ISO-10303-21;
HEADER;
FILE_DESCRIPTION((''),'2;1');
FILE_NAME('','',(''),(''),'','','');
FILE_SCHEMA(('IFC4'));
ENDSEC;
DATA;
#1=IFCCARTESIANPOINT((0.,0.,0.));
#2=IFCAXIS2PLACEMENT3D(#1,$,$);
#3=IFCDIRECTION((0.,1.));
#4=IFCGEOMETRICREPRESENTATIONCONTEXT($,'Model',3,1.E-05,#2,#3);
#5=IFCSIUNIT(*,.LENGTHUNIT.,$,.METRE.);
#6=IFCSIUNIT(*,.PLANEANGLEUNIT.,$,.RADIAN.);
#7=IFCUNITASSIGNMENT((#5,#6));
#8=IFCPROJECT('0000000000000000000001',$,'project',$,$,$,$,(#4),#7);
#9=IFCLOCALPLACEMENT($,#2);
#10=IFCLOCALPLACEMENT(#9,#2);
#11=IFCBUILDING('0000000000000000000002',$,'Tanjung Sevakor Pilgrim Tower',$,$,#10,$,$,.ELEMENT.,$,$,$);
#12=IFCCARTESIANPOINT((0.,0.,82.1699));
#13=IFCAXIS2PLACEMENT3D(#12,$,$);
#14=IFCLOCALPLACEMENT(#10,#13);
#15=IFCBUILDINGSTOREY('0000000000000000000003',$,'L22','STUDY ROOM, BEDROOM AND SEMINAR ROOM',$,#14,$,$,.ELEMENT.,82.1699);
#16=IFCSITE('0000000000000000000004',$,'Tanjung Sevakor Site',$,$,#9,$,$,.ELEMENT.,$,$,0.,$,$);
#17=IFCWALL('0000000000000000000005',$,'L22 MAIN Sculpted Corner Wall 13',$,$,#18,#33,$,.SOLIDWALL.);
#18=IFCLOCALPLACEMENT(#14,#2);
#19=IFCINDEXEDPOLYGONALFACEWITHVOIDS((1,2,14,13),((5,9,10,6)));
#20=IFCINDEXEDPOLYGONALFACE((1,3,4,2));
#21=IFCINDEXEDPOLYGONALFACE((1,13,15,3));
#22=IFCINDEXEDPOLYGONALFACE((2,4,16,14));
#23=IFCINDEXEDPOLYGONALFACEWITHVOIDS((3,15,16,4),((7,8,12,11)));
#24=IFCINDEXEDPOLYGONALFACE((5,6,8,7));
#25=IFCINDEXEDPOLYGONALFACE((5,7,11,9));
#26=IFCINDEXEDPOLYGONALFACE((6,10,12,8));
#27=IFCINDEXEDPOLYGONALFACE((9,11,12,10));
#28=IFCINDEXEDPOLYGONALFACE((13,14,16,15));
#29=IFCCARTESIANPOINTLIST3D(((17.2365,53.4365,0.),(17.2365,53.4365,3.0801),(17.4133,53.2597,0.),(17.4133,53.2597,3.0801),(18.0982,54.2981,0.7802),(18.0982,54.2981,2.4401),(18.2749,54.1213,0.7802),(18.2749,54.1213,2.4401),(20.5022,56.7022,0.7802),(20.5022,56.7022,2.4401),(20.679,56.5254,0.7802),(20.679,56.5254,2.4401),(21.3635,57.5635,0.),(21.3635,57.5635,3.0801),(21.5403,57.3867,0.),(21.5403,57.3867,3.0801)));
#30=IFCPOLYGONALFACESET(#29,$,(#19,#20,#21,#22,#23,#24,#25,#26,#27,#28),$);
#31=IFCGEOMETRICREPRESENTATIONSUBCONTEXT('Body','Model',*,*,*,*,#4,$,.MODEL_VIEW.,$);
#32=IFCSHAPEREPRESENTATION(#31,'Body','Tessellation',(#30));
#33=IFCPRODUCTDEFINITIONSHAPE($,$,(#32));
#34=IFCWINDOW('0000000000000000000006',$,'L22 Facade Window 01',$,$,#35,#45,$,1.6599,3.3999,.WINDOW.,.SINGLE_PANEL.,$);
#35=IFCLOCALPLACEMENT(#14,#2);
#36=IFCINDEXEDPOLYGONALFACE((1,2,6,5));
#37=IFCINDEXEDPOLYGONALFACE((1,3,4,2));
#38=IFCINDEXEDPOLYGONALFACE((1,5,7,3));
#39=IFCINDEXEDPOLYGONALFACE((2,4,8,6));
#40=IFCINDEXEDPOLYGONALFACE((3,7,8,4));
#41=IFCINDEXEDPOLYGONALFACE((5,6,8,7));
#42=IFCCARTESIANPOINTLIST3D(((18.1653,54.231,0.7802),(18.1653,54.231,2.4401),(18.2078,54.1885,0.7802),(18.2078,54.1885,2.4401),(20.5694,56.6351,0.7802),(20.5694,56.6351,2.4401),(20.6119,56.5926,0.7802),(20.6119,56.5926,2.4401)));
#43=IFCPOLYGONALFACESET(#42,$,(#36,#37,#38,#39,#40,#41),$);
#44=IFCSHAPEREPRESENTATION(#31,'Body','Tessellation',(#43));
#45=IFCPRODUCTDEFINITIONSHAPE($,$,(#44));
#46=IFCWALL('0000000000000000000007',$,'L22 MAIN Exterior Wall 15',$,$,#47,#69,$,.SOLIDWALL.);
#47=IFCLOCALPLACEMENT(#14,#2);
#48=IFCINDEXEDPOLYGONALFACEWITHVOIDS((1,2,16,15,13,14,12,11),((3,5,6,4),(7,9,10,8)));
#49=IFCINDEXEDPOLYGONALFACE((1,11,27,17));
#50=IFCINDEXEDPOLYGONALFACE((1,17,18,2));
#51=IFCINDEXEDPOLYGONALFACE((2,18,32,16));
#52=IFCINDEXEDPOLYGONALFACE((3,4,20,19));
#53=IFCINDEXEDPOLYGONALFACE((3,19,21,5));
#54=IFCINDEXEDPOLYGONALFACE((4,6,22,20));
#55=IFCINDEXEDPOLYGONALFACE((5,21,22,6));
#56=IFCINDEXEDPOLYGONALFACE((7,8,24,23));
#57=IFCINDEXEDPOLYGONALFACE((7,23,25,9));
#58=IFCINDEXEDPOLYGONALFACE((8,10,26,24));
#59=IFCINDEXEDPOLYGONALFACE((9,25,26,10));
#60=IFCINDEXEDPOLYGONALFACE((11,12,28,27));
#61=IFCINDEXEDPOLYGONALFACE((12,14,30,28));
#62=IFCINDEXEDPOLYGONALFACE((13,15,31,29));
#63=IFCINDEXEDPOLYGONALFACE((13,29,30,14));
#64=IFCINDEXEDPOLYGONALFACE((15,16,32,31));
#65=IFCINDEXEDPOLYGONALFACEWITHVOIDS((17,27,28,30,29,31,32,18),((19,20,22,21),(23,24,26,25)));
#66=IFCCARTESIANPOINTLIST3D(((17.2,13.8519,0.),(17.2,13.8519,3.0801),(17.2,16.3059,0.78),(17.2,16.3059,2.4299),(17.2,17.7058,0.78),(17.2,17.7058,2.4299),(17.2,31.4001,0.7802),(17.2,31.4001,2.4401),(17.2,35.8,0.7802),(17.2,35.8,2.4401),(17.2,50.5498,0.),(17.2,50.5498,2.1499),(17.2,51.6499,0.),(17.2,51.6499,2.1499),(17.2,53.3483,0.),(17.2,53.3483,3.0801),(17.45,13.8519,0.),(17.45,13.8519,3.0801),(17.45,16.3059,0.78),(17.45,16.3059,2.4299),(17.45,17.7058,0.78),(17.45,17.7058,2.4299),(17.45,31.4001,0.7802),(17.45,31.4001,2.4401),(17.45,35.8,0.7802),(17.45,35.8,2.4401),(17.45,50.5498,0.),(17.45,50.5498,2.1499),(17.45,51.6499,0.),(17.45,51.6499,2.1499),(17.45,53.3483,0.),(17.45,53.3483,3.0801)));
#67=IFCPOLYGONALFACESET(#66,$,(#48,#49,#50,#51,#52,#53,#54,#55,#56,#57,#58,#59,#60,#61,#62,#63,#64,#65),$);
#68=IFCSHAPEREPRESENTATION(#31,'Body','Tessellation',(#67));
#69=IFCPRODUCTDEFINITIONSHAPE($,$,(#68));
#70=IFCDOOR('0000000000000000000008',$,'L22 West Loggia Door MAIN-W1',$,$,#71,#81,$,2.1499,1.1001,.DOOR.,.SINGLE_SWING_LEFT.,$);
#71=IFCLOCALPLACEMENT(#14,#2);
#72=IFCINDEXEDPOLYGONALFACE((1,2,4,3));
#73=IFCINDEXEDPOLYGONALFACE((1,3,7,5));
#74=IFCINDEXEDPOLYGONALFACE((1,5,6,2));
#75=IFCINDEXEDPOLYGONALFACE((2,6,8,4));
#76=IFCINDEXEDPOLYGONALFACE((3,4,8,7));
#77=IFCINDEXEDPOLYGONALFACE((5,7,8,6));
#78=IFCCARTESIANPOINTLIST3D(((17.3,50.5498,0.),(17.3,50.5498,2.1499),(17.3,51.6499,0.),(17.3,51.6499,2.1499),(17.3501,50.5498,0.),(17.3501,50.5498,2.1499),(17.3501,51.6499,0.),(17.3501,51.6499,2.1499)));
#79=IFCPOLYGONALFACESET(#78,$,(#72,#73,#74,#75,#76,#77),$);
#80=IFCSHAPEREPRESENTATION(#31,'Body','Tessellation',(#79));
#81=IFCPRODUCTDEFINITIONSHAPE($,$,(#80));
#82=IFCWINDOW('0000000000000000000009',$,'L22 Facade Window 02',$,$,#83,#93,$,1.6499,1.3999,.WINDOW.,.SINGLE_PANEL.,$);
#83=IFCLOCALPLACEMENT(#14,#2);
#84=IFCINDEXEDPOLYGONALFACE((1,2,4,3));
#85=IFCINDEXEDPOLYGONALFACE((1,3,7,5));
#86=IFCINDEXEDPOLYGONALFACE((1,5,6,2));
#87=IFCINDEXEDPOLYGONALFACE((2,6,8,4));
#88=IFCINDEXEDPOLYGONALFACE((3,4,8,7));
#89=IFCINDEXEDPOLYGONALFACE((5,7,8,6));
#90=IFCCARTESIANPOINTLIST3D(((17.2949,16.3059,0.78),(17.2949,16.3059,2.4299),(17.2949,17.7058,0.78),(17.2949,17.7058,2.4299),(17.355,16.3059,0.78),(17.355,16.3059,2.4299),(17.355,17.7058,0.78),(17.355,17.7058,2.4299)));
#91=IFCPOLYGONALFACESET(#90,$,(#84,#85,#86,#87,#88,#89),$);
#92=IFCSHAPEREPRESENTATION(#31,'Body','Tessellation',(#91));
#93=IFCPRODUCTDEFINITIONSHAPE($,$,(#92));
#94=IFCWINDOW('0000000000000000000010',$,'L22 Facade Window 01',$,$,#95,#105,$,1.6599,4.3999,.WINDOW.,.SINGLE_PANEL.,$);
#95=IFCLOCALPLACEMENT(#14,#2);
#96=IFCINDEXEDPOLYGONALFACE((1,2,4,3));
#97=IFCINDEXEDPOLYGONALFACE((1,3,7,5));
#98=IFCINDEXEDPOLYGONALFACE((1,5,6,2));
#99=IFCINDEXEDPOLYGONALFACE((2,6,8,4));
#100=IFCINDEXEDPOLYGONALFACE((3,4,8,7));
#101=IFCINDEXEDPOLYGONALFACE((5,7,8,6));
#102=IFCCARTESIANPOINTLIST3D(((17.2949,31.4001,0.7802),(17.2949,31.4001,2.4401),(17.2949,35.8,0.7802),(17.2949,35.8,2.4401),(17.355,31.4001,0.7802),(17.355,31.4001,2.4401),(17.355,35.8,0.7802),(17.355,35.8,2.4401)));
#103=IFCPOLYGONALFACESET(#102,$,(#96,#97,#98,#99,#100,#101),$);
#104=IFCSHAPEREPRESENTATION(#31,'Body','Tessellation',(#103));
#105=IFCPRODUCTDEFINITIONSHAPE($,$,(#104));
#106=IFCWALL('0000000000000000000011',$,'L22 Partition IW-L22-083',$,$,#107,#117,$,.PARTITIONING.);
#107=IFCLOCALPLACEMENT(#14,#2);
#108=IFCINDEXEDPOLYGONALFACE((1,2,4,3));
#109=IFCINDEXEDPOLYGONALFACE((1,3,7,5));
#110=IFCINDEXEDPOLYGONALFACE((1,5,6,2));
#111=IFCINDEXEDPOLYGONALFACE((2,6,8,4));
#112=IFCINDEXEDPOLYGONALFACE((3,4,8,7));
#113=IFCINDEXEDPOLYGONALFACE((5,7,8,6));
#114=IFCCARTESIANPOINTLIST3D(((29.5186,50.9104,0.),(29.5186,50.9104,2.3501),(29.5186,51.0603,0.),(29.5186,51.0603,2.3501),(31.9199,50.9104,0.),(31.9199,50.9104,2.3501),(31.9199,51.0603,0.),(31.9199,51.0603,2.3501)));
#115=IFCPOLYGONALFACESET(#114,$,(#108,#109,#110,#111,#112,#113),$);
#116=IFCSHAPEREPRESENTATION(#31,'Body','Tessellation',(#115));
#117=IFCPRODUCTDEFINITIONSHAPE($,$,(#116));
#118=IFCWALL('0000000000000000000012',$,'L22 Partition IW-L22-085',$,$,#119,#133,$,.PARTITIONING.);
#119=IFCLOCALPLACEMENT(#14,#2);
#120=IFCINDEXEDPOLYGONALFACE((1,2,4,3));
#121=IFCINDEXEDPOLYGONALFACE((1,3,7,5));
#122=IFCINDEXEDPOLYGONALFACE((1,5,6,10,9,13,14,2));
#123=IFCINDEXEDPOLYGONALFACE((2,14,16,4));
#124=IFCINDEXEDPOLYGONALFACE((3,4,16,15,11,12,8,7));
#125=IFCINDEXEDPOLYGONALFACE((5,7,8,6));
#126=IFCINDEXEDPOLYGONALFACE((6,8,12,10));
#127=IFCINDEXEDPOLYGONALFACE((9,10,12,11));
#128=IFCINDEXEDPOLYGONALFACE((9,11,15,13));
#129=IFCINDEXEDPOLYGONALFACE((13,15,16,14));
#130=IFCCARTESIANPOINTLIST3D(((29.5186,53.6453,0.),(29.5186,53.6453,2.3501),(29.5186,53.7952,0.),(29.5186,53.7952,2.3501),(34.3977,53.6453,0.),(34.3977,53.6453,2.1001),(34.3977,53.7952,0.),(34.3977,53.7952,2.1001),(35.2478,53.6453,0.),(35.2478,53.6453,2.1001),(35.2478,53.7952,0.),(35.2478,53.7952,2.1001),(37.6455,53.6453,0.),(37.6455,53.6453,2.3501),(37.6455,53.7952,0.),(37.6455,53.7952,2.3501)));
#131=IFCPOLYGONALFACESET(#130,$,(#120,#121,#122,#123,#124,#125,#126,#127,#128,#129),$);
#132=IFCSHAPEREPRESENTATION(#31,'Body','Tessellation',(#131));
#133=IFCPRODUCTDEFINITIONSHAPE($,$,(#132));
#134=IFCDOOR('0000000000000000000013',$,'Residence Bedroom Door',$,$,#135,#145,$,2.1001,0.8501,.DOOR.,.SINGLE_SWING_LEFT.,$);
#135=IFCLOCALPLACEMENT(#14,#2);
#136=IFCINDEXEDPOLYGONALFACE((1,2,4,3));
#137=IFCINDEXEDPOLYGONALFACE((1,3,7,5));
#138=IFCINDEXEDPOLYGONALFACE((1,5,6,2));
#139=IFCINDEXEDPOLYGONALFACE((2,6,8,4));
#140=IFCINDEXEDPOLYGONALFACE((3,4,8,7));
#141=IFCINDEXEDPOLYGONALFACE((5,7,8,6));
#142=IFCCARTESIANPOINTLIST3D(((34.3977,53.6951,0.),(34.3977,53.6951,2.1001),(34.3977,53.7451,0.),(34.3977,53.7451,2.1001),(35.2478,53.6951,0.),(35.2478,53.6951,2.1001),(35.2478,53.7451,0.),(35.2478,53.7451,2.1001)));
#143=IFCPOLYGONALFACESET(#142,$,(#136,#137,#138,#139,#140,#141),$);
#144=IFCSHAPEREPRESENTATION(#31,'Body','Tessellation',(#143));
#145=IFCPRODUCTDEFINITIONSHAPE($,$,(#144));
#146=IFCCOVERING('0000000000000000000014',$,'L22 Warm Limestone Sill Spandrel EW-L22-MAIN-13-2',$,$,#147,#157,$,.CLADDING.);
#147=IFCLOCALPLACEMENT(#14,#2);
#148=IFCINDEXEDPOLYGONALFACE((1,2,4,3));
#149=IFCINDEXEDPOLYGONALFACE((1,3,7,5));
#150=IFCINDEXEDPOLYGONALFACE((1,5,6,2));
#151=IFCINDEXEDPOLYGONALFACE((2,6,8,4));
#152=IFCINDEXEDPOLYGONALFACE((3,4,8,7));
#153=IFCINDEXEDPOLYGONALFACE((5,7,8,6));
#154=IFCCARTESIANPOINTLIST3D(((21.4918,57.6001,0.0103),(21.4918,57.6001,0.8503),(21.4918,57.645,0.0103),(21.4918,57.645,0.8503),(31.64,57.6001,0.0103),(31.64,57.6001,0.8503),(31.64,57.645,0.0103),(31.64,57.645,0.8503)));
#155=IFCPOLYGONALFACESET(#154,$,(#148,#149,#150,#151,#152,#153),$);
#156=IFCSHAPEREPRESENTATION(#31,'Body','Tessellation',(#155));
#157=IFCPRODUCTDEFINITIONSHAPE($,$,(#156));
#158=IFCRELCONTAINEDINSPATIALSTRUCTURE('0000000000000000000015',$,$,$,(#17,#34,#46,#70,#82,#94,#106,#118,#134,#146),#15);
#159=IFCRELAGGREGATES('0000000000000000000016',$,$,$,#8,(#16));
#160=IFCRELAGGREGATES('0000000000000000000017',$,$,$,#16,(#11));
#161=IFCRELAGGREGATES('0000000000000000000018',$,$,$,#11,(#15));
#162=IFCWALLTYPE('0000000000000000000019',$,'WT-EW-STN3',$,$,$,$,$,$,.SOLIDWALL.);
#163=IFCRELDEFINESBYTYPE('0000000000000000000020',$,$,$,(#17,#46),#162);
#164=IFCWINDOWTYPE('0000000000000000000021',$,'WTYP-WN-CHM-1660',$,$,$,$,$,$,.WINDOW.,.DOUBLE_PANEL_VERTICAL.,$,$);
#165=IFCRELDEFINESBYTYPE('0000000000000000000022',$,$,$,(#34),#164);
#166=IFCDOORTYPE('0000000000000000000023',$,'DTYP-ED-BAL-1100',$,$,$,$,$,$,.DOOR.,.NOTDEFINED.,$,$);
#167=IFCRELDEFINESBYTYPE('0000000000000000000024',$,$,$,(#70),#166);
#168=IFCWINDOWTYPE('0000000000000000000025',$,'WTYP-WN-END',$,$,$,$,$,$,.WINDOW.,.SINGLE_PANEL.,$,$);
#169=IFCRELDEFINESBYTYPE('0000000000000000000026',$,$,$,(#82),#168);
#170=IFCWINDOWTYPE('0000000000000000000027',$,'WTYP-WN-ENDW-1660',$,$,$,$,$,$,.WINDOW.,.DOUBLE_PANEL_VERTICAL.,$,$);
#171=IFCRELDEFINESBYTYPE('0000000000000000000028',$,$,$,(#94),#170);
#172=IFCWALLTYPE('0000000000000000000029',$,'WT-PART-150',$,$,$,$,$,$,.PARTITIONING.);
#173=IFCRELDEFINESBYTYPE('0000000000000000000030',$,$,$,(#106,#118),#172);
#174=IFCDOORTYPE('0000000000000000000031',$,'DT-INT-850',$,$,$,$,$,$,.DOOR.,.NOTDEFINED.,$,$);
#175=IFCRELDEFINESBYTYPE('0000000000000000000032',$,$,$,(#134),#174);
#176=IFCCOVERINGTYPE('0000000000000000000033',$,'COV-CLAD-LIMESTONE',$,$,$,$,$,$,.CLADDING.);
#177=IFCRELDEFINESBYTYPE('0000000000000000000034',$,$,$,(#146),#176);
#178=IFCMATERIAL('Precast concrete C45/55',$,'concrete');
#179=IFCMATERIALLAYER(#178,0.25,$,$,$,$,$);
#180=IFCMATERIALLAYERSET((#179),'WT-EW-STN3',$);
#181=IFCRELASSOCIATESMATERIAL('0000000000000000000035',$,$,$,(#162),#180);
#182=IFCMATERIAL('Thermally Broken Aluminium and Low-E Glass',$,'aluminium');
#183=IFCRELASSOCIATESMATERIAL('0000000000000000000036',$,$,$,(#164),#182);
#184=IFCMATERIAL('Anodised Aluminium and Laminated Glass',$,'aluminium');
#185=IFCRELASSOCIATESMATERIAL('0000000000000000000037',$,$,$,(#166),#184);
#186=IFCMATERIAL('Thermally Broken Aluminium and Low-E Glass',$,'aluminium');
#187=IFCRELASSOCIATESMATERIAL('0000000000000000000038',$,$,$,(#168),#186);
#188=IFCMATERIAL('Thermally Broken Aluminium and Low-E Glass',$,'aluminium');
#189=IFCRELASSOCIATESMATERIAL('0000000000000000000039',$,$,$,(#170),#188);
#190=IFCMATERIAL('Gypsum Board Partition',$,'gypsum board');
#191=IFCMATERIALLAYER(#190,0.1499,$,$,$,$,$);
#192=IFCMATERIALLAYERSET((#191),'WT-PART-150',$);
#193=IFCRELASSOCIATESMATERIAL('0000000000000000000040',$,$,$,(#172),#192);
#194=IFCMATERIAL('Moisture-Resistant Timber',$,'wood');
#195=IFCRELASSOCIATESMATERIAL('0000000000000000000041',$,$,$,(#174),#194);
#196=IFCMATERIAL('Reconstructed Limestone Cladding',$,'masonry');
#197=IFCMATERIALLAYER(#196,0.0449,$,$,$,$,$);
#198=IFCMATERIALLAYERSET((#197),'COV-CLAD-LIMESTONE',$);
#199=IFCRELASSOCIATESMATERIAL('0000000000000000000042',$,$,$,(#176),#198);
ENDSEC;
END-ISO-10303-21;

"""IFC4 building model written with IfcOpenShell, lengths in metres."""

from ifc_helpers import new_model, si_unit, direction, frame, frame_2d, origin, origin_2d, place, context, subcontext, project, spatial, rectangle, extrude, material, layer, layer_set, type_object, element, fill, save


model = new_model("IFC4")

# Units and contexts
model_context = context("Model", 3, precision=1e-05, world=origin(), true_north=direction((0.0, 1.0)))
body_context = subcontext(model_context, "Body", "Model", "MODEL_VIEW")
ifc_project = project(units=[si_unit("LENGTHUNIT", "METRE"), si_unit("PLANEANGLEUNIT", "RADIAN")], contexts=[model_context])

# Site, building, storey
site_placement = place(None, origin())
site = spatial("IfcSite", under=ifc_project, at=site_placement, Name="Tanjung Sevakor Site", CompositionType="ELEMENT", RefElevation=0.0)
building_placement = place(site_placement, origin())
building = spatial("IfcBuilding", under=site, at=building_placement, Name="Tanjung Sevakor Pilgrim Tower", CompositionType="ELEMENT")
storey_placement = place(building_placement, frame((0.0, 0.0, 82.1699)))
storey = spatial("IfcBuildingStorey", under=building, at=storey_placement, Name="L22", Description="STUDY ROOM, BEDROOM AND SEMINAR ROOM", CompositionType="ELEMENT", Elevation=82.1699)

# Wall, opening, window
ifc_material_1 = material(Name="Precast concrete C45/55", Category="concrete")
ifc_layer_1 = layer(ifc_material_1, 0.25)
ifc_layer_set_1 = layer_set([ifc_layer_1], Name="WT-EW-STN3")
wall_type_1 = type_object("IfcWallType", Name="WT-EW-STN3", PredefinedType="SOLIDWALL", material=ifc_layer_set_1)
wall_1_placement = place(storey_placement, frame((21.4519, 57.4751, 0.0), z_axis=(0.0, 0.0, 1.0), x_axis=(-0.707107, -0.707107, 0.0)))
wall_1 = element("IfcWall", 1, at=wall_1_placement, inside=storey, type_object=wall_type_1, Name="L22 MAIN Sculpted Corner Wall 13", PredefinedType="SOLIDWALL", context=body_context, shape_type="SweptSolid", body=[
    extrude(rectangle(XDim=5.8364, YDim=0.25, at=frame_2d((2.9182, 0.0))), origin(), (0.0, 0.0, 1.0), 3.0801),
])
opening_1_placement = place(wall_1_placement, frame((1.218, 0.0, 0.78)))
opening_1 = element("IfcOpeningElement", 2, at=opening_1_placement, cuts=wall_1, PredefinedType="OPENING", context=body_context, shape_type="SweptSolid", body=[
    extrude(rectangle(XDim=3.3999, YDim=1.6599, at=frame_2d((1.7, 0.8301))), frame((0.0, 0.135, 0.0), z_axis=(0.0, -1.0, 0.0), x_axis=(1.0, 0.0, 0.0)), (0.0, 0.0, 1.0), 0.27),
])
ifc_material_2 = material(Name="Thermally Broken Aluminium and Low-E Glass", Category="aluminium")
window_type_1 = type_object("IfcWindowType", Name="WTYP-WN-CHM-1660", PartitioningType="DOUBLE_PANEL_VERTICAL", PredefinedType="WINDOW", material=ifc_material_2)
window_1_placement = place(opening_1_placement, origin())
window_1 = element("IfcWindow", 3, at=window_1_placement, inside=storey, type_object=window_type_1, Name="L22 Facade Window 01", OverallHeight=1.6599, OverallWidth=3.3999, PartitioningType="SINGLE_PANEL", PredefinedType="WINDOW", context=body_context, shape_type="SweptSolid", body=[
    extrude(rectangle(XDim=3.3999, YDim=1.6599, at=frame_2d((1.7, 0.8301))), frame((0.0, 0.03, 0.0), z_axis=(0.0, -1.0, 0.0), x_axis=(1.0, 0.0, 0.0)), (0.0, 0.0, 1.0), 0.0601),
])
fill(opening_1, window_1)

# Wall, openings, door, windows
wall_2_placement = place(storey_placement, frame((17.325, 53.3481, 0.0), z_axis=(0.0, 0.0, 1.0), x_axis=(0.0, -1.0, 0.0)))
wall_2 = element("IfcWall", 4, at=wall_2_placement, inside=storey, type_object=wall_type_1, Name="L22 MAIN Exterior Wall 15", PredefinedType="SOLIDWALL", context=body_context, shape_type="SweptSolid", body=[
    extrude(rectangle(XDim=39.4963, YDim=0.25, at=frame_2d((19.748, 0.0))), origin(), (0.0, 0.0, 1.0), 3.0801),
])
opening_2_placement = place(wall_2_placement, frame((1.6982, 0.0, 0.0)))
opening_2 = element("IfcOpeningElement", 5, at=opening_2_placement, cuts=wall_2, PredefinedType="OPENING", context=body_context, shape_type="SweptSolid", body=[
    extrude(rectangle(XDim=1.1001, YDim=2.1499, at=frame_2d((0.55, 1.075))), frame((0.0, 0.135, 0.0), z_axis=(0.0, -1.0, 0.0), x_axis=(1.0, 0.0, 0.0)), (0.0, 0.0, 1.0), 0.27),
])
opening_3_placement = place(wall_2_placement, frame((17.5481, 0.0, 0.78)))
opening_3 = element("IfcOpeningElement", 6, at=opening_3_placement, cuts=wall_2, PredefinedType="OPENING", context=body_context, shape_type="SweptSolid", body=[
    extrude(rectangle(XDim=4.3999, YDim=1.6599, at=frame_2d((2.2, 0.8301))), frame((0.0, 0.135, 0.0), z_axis=(0.0, -1.0, 0.0), x_axis=(1.0, 0.0, 0.0)), (0.0, 0.0, 1.0), 0.27),
])
opening_4_placement = place(wall_2_placement, frame((35.6423, 0.0, 0.78)))
opening_4 = element("IfcOpeningElement", 7, at=opening_4_placement, cuts=wall_2, PredefinedType="OPENING", context=body_context, shape_type="SweptSolid", body=[
    extrude(rectangle(XDim=1.3999, YDim=1.6499, at=frame_2d((0.7, 0.825))), frame((0.0, 0.135, 0.0), z_axis=(0.0, -1.0, 0.0), x_axis=(1.0, 0.0, 0.0)), (0.0, 0.0, 1.0), 0.27),
])
ifc_material_3 = material(Name="Anodised Aluminium and Laminated Glass", Category="aluminium")
door_type_1 = type_object("IfcDoorType", Name="DTYP-ED-BAL-1100", OperationType="NOTDEFINED", PredefinedType="DOOR", material=ifc_material_3)
door_1_placement = place(opening_2_placement, frame((1.1001, 0.0, 0.0), z_axis=(0.0, 0.0, 1.0), x_axis=(-1.0, 0.0, 0.0)))
door_1 = element("IfcDoor", 8, at=door_1_placement, inside=storey, type_object=door_type_1, Name="L22 West Loggia Door MAIN-W1", OperationType="SINGLE_SWING_LEFT", OverallHeight=2.1499, OverallWidth=1.1001, PredefinedType="DOOR", context=body_context, shape_type="SweptSolid", body=[
    extrude(rectangle(XDim=1.1001, YDim=2.1499, at=frame_2d((0.55, 1.075))), frame((0.0, 0.0249, 0.0), z_axis=(0.0, -1.0, 0.0), x_axis=(1.0, 0.0, 0.0)), (0.0, 0.0, 1.0), 0.05),
])
fill(opening_2, door_1)
ifc_material_4 = material(Name="Thermally Broken Aluminium and Low-E Glass", Category="aluminium")
window_type_2 = type_object("IfcWindowType", Name="WTYP-WN-END", PartitioningType="SINGLE_PANEL", PredefinedType="WINDOW", material=ifc_material_4)
window_2_placement = place(opening_4_placement, origin())
window_2 = element("IfcWindow", 9, at=window_2_placement, inside=storey, type_object=window_type_2, Name="L22 Facade Window 02", OverallHeight=1.6499, OverallWidth=1.3999, PartitioningType="SINGLE_PANEL", PredefinedType="WINDOW", context=body_context, shape_type="SweptSolid", body=[
    extrude(rectangle(XDim=1.3999, YDim=1.6499, at=frame_2d((0.7, 0.825))), frame((0.0, 0.03, 0.0), z_axis=(0.0, -1.0, 0.0), x_axis=(1.0, 0.0, 0.0)), (0.0, 0.0, 1.0), 0.0601),
])
fill(opening_4, window_2)
ifc_material_5 = material(Name="Thermally Broken Aluminium and Low-E Glass", Category="aluminium")
window_type_3 = type_object("IfcWindowType", Name="WTYP-WN-ENDW-1660", PartitioningType="DOUBLE_PANEL_VERTICAL", PredefinedType="WINDOW", material=ifc_material_5)
window_3_placement = place(opening_3_placement, origin())
window_3 = element("IfcWindow", 10, at=window_3_placement, inside=storey, type_object=window_type_3, Name="L22 Facade Window 01", OverallHeight=1.6599, OverallWidth=4.3999, PartitioningType="SINGLE_PANEL", PredefinedType="WINDOW", context=body_context, shape_type="SweptSolid", body=[
    extrude(rectangle(XDim=4.3999, YDim=1.6599, at=frame_2d((2.2, 0.8301))), frame((0.0, 0.03, 0.0), z_axis=(0.0, -1.0, 0.0), x_axis=(1.0, 0.0, 0.0)), (0.0, 0.0, 1.0), 0.0601),
])
fill(opening_3, window_3)

# Wall
ifc_material_6 = material(Name="Gypsum Board Partition", Category="gypsum board")
ifc_layer_2 = layer(ifc_material_6, 0.1499)
ifc_layer_set_2 = layer_set([ifc_layer_2], Name="WT-PART-150")
wall_type_2 = type_object("IfcWallType", Name="WT-PART-150", PredefinedType="PARTITIONING", material=ifc_layer_set_2)
wall_3_placement = place(storey_placement, frame((29.5186, 50.9854, 0.0), z_axis=(0.0, 0.0, 1.0), x_axis=(1.0, 0.0, 0.0)))
element("IfcWall", 11, at=wall_3_placement, inside=storey, type_object=wall_type_2, Name="L22 Partition IW-L22-083", PredefinedType="PARTITIONING", context=body_context, shape_type="SweptSolid", body=[
    extrude(rectangle(XDim=2.4014, YDim=0.1499, at=frame_2d((1.2007, 0.0))), origin(), (0.0, 0.0, 1.0), 2.3501),
])

# Wall, opening, door
wall_4_placement = place(storey_placement, frame((29.5186, 53.7202, 0.0), z_axis=(0.0, 0.0, 1.0), x_axis=(1.0, 0.0, 0.0)))
wall_4 = element("IfcWall", 12, at=wall_4_placement, inside=storey, type_object=wall_type_2, Name="L22 Partition IW-L22-085", PredefinedType="PARTITIONING", context=body_context, shape_type="SweptSolid", body=[
    extrude(rectangle(XDim=8.127, YDim=0.1499, at=frame_2d((4.0635, 0.0))), origin(), (0.0, 0.0, 1.0), 2.3501),
])
opening_5_placement = place(wall_4_placement, frame((4.8792, 0.0, 0.0)))
opening_5 = element("IfcOpeningElement", 13, at=opening_5_placement, cuts=wall_4, PredefinedType="OPENING", context=body_context, shape_type="SweptSolid", body=[
    extrude(rectangle(XDim=0.8501, YDim=2.1001, at=frame_2d((0.425, 1.05))), frame((0.0, 0.085, 0.0), z_axis=(0.0, -1.0, 0.0), x_axis=(1.0, 0.0, 0.0)), (0.0, 0.0, 1.0), 0.1699),
])
ifc_material_7 = material(Name="Moisture-Resistant Timber", Category="wood")
door_type_2 = type_object("IfcDoorType", Name="DT-INT-850", OperationType="NOTDEFINED", PredefinedType="DOOR", material=ifc_material_7)
door_2_placement = place(opening_5_placement, origin())
door_2 = element("IfcDoor", 14, at=door_2_placement, inside=storey, type_object=door_type_2, Name="Residence Bedroom Door", OperationType="SINGLE_SWING_LEFT", OverallHeight=2.1001, OverallWidth=0.8501, PredefinedType="DOOR", context=body_context, shape_type="SweptSolid", body=[
    extrude(rectangle(XDim=0.8501, YDim=2.1001, at=frame_2d((0.425, 1.05))), frame((0.0, 0.0249, 0.0), z_axis=(0.0, -1.0, 0.0), x_axis=(1.0, 0.0, 0.0)), (0.0, 0.0, 1.0), 0.05),
])
fill(opening_5, door_2)

# Covering
ifc_material_8 = material(Name="Reconstructed Limestone Cladding", Category="masonry")
ifc_layer_3 = layer(ifc_material_8, 0.0449)
ifc_layer_set_3 = layer_set([ifc_layer_3], Name="COV-CLAD-LIMESTONE")
covering_type = type_object("IfcCoveringType", Name="COV-CLAD-LIMESTONE", PredefinedType="CLADDING", material=ifc_layer_set_3)
covering_1_placement = place(storey_placement, frame((26.5659, 57.6226, 0.0103), z_axis=(0.0, 0.0, 1.0), x_axis=(-1.0, 0.0, 0.0)))
element("IfcCovering", 15, at=covering_1_placement, inside=storey, type_object=covering_type, Name="L22 Warm Limestone Sill Spandrel EW-L22-MAIN-13-2", PredefinedType="CLADDING", context=body_context, shape_type="SweptSolid", body=[
    extrude(rectangle(XDim=10.1482, YDim=0.0449, at=origin_2d()), origin(), (0.0, 0.0, 1.0), 0.8401),
])

save(model, "model.ifc")
